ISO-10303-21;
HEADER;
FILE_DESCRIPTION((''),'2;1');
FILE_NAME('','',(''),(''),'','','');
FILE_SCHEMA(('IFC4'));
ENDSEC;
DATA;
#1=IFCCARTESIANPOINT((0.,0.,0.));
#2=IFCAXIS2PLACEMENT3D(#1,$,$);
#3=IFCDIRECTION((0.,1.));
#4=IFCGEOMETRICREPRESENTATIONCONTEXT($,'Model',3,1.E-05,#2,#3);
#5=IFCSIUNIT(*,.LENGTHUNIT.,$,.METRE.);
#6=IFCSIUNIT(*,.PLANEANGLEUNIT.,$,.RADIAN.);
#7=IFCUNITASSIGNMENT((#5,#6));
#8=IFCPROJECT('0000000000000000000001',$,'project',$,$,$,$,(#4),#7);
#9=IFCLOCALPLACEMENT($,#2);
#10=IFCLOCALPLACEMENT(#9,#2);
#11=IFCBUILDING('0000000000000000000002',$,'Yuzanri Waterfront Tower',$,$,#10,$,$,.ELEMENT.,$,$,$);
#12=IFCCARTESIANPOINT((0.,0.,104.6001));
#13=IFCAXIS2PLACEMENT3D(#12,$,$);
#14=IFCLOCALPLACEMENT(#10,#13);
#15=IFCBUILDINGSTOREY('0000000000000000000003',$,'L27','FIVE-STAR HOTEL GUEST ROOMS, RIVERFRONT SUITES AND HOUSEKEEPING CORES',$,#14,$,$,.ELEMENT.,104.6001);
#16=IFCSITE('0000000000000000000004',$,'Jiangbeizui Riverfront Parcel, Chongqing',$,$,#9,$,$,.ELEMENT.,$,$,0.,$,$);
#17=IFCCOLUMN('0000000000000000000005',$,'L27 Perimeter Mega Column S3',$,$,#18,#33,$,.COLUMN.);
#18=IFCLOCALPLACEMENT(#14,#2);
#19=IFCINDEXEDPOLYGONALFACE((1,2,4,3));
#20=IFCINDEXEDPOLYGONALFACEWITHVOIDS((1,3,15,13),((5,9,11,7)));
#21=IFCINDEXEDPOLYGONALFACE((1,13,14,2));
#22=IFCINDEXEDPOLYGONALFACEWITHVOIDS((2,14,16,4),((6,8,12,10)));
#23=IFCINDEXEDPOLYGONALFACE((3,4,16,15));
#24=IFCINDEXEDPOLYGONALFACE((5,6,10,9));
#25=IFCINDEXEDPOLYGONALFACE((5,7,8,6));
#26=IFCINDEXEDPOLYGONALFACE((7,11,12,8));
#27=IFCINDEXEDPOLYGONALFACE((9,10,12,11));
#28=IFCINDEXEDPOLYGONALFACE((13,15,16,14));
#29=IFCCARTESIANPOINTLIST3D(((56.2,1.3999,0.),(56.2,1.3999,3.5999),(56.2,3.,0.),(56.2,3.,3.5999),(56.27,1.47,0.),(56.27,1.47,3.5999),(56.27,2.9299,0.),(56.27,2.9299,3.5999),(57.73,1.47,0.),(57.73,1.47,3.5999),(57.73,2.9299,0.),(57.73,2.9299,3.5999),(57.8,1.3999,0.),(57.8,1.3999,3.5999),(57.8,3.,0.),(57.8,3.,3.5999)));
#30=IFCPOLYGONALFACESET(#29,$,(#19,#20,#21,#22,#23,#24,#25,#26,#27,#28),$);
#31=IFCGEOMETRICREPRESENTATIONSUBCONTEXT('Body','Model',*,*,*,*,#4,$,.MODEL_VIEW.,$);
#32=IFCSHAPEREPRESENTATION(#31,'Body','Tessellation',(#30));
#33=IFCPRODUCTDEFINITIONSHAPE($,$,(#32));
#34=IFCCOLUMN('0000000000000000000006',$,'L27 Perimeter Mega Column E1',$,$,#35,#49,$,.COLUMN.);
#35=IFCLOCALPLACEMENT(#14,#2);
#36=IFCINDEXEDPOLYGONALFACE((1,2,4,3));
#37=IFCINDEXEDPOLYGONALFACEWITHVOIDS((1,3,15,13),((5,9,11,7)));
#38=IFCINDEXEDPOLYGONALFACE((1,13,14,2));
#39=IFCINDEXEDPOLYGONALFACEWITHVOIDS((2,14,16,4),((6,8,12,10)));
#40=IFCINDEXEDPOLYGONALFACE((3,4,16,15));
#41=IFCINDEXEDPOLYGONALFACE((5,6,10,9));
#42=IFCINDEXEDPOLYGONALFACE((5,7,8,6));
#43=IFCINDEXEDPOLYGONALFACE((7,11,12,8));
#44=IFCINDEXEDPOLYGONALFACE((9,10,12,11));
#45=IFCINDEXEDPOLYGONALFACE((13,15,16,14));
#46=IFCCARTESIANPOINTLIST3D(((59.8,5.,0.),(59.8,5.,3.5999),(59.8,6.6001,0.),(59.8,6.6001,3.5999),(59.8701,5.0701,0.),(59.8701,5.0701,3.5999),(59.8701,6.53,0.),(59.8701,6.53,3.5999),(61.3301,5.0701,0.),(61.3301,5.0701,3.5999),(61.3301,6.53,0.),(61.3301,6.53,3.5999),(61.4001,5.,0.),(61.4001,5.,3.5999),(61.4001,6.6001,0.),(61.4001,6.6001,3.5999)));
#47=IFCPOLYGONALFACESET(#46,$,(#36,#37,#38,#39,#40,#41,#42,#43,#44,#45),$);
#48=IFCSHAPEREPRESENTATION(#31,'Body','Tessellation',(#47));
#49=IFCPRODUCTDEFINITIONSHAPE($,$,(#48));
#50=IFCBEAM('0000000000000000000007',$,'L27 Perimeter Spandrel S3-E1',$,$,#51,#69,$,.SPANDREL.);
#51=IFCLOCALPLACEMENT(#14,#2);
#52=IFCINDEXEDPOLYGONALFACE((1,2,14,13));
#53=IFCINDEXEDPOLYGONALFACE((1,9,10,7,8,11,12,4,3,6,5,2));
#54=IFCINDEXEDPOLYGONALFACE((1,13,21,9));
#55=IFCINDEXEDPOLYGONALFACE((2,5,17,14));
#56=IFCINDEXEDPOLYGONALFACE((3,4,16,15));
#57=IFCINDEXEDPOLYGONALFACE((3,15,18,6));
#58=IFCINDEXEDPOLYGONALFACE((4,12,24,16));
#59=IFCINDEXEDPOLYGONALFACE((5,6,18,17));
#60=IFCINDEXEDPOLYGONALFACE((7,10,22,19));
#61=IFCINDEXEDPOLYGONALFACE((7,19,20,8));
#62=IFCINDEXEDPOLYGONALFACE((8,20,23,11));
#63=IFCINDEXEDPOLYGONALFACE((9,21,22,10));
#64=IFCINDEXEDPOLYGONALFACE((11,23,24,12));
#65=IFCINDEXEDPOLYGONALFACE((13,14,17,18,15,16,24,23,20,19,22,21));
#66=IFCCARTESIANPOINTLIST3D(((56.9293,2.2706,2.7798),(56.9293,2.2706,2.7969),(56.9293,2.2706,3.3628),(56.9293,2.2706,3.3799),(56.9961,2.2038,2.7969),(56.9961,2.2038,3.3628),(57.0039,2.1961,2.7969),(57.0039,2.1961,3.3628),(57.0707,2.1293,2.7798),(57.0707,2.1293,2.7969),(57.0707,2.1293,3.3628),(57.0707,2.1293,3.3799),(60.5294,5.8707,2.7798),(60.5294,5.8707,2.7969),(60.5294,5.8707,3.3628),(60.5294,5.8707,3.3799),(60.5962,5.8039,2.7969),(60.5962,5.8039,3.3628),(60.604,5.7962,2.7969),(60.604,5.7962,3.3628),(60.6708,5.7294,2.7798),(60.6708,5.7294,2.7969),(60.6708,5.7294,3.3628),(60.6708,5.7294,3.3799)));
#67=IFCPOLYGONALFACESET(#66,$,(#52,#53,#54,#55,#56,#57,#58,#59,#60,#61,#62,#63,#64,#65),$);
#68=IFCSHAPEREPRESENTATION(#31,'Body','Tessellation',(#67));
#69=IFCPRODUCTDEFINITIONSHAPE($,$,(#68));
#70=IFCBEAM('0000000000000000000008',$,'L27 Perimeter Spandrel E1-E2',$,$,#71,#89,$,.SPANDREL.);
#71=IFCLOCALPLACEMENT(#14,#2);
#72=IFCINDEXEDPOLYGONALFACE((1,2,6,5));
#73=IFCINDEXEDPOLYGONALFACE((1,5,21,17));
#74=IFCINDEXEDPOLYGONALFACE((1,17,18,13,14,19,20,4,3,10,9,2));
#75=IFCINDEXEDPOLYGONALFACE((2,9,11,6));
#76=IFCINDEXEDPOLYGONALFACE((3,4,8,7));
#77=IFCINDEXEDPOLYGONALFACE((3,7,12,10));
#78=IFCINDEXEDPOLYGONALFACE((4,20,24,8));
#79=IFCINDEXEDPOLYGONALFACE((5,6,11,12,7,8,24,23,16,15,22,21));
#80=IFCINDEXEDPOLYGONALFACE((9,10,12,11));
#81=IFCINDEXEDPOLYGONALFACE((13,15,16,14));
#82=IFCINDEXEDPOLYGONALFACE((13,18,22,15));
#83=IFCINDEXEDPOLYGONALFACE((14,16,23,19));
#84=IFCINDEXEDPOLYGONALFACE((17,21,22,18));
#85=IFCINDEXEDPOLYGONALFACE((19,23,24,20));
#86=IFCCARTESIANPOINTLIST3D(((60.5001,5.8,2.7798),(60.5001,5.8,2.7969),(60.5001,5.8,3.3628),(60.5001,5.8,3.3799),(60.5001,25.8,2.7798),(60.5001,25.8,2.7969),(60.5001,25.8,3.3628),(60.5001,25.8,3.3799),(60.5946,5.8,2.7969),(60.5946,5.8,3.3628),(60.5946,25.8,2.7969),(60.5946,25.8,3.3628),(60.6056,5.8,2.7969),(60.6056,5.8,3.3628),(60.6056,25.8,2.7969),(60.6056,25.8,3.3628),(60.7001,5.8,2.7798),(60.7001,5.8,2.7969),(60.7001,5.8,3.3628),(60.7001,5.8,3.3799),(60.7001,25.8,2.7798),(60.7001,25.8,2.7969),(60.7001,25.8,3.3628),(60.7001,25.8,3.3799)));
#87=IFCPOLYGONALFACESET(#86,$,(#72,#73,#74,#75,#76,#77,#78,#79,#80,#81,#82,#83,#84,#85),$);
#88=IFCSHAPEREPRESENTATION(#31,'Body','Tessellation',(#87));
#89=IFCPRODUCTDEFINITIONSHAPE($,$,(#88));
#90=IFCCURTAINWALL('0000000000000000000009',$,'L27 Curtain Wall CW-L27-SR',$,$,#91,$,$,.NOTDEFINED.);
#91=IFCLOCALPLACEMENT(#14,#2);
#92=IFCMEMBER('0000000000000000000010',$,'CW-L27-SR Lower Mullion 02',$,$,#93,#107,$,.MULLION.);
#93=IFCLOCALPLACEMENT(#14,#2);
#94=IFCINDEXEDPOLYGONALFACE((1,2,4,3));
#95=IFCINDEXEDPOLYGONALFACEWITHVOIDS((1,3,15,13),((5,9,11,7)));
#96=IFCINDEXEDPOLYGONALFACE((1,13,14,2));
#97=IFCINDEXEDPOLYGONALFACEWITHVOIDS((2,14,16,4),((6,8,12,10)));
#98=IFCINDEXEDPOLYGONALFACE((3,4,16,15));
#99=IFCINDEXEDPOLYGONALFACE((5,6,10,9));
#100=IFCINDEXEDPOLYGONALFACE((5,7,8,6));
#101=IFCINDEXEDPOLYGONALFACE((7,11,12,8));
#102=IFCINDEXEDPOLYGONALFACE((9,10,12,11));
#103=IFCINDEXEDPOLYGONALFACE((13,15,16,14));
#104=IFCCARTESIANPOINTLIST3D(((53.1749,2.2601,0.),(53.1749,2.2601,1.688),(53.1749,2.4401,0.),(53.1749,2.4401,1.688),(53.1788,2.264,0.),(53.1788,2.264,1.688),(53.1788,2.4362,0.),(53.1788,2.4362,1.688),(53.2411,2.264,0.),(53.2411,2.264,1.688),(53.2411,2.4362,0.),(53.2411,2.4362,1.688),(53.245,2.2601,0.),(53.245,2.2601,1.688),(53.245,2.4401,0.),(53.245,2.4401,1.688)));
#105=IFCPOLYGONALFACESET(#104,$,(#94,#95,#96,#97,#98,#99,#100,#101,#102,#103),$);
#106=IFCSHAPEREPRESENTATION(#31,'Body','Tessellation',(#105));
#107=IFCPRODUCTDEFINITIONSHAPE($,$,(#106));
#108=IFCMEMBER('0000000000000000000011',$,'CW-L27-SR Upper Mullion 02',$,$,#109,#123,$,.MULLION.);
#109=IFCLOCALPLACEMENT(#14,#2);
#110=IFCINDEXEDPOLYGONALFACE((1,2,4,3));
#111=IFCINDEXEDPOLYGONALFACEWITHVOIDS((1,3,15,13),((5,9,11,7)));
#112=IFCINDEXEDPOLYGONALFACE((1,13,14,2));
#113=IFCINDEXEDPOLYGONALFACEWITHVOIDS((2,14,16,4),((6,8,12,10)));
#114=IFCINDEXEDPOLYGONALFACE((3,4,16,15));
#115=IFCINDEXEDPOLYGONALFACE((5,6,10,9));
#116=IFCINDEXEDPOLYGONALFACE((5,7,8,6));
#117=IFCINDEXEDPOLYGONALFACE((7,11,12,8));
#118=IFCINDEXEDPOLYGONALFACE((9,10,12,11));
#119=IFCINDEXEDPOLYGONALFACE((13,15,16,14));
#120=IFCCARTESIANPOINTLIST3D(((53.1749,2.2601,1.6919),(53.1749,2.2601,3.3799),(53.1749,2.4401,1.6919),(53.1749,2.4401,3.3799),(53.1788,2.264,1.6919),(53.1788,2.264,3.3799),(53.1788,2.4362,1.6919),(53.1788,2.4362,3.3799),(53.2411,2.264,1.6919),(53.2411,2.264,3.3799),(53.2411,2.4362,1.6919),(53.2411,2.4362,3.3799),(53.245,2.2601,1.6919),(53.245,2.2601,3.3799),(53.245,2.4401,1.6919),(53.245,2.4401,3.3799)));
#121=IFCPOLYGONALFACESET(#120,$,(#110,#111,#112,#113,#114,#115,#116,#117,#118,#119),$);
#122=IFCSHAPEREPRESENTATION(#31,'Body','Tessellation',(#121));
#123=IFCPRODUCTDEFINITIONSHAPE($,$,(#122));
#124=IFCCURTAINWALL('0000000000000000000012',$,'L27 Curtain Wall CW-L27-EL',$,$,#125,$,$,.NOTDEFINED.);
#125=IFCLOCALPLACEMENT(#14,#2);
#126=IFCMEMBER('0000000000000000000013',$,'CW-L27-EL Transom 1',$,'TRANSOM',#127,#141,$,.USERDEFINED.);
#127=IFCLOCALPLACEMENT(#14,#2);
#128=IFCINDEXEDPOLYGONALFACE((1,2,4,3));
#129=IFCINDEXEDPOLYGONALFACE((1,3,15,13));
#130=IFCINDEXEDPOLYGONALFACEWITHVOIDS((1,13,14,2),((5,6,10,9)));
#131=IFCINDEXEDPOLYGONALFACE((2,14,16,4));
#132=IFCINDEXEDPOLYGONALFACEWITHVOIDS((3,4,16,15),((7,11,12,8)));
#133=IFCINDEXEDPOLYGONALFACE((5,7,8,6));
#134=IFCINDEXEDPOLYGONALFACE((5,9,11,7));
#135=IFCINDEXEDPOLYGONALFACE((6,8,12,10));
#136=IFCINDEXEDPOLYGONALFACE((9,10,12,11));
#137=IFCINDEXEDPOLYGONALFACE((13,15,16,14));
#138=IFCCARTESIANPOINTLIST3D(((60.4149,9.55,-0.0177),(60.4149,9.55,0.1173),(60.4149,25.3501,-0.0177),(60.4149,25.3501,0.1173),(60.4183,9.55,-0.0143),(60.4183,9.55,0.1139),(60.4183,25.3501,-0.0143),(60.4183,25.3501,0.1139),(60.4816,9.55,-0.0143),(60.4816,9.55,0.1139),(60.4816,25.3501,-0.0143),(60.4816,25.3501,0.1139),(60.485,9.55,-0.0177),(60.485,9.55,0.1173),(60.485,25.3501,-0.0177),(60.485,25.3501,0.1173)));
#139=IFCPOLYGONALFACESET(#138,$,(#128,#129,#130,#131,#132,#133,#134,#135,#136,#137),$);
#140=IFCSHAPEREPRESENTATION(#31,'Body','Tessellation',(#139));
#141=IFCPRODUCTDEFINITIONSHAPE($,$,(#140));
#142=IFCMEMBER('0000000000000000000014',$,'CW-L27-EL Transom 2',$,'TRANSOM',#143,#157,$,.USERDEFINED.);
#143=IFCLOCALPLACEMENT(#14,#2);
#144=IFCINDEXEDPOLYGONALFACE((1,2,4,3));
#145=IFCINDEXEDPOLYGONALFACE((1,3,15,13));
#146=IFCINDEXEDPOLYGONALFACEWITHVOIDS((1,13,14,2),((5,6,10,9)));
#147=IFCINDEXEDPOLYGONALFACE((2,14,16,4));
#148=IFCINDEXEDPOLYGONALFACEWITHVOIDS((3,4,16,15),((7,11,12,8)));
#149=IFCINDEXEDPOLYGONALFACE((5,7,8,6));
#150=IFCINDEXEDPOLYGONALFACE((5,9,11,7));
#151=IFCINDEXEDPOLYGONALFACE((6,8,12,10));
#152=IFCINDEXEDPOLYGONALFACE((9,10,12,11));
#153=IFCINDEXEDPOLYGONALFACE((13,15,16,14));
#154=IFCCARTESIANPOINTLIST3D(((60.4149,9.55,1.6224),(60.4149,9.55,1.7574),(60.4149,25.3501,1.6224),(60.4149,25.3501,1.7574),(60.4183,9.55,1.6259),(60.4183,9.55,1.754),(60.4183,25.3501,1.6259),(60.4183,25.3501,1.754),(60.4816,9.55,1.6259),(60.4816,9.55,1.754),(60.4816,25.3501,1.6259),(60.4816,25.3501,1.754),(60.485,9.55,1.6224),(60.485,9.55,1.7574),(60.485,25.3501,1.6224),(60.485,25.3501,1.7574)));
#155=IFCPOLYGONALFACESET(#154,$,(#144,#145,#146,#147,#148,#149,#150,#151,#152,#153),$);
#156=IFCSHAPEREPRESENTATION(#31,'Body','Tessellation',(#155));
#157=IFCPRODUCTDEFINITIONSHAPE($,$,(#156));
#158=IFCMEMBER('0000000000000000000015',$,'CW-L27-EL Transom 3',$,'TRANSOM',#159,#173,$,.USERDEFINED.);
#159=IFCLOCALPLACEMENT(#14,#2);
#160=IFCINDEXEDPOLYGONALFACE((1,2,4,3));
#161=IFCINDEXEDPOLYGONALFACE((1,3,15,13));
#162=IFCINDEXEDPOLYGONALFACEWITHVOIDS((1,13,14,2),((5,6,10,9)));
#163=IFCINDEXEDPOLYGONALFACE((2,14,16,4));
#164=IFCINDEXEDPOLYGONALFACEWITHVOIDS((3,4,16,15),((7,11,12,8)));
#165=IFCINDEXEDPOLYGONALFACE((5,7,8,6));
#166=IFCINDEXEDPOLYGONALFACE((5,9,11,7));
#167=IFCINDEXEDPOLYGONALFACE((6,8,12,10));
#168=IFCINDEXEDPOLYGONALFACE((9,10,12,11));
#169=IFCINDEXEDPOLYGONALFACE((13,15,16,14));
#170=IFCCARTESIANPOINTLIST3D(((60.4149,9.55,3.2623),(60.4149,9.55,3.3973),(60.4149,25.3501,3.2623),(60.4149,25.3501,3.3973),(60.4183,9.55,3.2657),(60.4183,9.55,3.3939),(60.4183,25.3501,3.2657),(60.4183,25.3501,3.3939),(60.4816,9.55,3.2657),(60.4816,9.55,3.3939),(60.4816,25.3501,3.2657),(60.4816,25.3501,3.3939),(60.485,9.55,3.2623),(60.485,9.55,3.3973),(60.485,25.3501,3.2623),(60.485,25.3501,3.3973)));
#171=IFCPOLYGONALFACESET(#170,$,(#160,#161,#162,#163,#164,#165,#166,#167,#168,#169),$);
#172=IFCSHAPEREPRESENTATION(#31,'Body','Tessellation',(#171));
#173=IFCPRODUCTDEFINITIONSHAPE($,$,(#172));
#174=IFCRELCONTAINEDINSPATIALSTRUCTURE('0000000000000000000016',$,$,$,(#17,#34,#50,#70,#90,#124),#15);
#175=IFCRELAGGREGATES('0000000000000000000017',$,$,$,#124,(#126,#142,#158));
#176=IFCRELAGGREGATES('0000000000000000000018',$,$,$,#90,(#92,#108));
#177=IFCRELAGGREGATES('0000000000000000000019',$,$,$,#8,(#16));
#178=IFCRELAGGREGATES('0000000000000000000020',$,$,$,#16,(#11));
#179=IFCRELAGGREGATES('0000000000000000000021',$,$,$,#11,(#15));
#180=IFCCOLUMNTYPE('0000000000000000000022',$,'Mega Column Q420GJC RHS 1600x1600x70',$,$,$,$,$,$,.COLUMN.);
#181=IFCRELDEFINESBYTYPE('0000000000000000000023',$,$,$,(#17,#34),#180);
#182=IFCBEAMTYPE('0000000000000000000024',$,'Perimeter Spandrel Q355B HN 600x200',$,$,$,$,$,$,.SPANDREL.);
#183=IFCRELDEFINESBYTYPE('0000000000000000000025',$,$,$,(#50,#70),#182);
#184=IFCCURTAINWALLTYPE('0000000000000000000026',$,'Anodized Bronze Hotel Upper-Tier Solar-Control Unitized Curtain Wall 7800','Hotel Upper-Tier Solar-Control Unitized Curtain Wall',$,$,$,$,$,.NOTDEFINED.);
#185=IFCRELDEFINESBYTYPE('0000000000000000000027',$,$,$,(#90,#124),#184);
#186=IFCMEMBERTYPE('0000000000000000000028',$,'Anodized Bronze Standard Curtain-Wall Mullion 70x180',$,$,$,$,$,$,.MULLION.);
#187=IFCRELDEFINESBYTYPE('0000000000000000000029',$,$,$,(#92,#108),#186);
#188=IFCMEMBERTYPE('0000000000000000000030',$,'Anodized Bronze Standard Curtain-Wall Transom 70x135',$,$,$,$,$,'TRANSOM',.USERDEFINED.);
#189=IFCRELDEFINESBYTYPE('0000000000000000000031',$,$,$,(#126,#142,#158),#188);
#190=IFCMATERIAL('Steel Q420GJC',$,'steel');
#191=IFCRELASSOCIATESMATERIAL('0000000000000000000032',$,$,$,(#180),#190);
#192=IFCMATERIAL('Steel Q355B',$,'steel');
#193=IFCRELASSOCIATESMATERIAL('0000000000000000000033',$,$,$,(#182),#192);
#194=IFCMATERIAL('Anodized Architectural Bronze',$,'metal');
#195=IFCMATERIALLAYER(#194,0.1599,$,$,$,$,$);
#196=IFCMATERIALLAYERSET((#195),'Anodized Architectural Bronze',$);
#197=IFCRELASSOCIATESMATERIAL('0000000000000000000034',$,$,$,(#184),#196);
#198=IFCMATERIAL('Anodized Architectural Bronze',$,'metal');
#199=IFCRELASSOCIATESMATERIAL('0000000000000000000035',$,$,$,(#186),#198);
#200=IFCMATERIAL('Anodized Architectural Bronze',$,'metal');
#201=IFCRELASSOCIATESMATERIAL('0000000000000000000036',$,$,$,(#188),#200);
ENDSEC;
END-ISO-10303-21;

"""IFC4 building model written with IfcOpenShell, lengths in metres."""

from ifc_helpers import new_model, si_unit, direction, frame, origin, origin_2d, place, context, subcontext, project, spatial, hollow_rectangle, i_section, extrude, source, transform, mapped, material, layer, layer_set, material_profile, profile_set, type_object, element, aggregate, save


model = new_model("IFC4")

# Units and contexts
model_context = context("Model", 3, precision=1e-05, world=origin(), true_north=direction((0.0, 1.0)))
body_context = subcontext(model_context, "Body", "Model", "MODEL_VIEW")
ifc_project = project(units=[si_unit("LENGTHUNIT", "METRE"), si_unit("PLANEANGLEUNIT", "RADIAN")], contexts=[model_context])

# Site, building, storey
site_placement = place(None, origin())
site = spatial("IfcSite", under=ifc_project, at=site_placement, Name="Jiangbeizui Riverfront Parcel, Chongqing", CompositionType="ELEMENT", RefElevation=0.0)
building_placement = place(site_placement, origin())
building = spatial("IfcBuilding", under=site, at=building_placement, Name="Yuzanri Waterfront Tower", CompositionType="ELEMENT")
storey_placement = place(building_placement, frame((0.0, 0.0, 104.6001)))
storey = spatial("IfcBuildingStorey", under=building, at=storey_placement, Name="L27", Description="FIVE-STAR HOTEL GUEST ROOMS, RIVERFRONT SUITES AND HOUSEKEEPING CORES", CompositionType="ELEMENT", Elevation=104.6001)

# Columns
ifc_material_1 = material(Name="Steel Q420GJC", Category="steel")
ifc_material_profile_1 = material_profile(ifc_material_1, hollow_rectangle(XDim=1.6001, YDim=1.6001, WallThickness=0.0701, at=origin_2d()), Name="RHS 1600x1600x70")
ifc_profile_set_1 = profile_set([ifc_material_profile_1], Name="Steel Q420GJC")
column_type = type_object("IfcColumnType", Name="Mega Column Q420GJC RHS 1600x1600x70", PredefinedType="COLUMN", material=ifc_profile_set_1)
shared_shape_1 = source(origin(), body_context, "Body", "SweptSolid", [
    extrude(hollow_rectangle(XDim=1.6001, YDim=1.6001, WallThickness=0.0701, at=origin_2d()), origin(), (0.0, 0.0, 1.0), 3.5999),
])
for number, where, z_axis, x_axis, name in (
    (1, (57.0, 2.2, 0.0), (0.0, 0.0, 1.0), (1.0, 0.0, 0.0), "L27 Perimeter Mega Column S3"),
    (2, (60.6001, 5.8, 0.0), (0.0, 0.0, 1.0), (1.0, 0.0, 0.0), "L27 Perimeter Mega Column E1"),
):
    element("IfcColumn", number, at=place(storey_placement, frame(where, z_axis=z_axis, x_axis=x_axis)), inside=storey, type_object=column_type, Name=name, PredefinedType="COLUMN", context=body_context, shape_type="MappedRepresentation", body=[
        mapped(shared_shape_1, transform((0.0, 0.0, 0.0), scale=1.0)),
    ])

# Beams
ifc_material_2 = material(Name="Steel Q355B", Category="steel")
ifc_material_profile_2 = material_profile(ifc_material_2, i_section(OverallWidth=0.2, OverallDepth=0.6001, WebThickness=0.011, FlangeThickness=0.0171, at=origin_2d()), Name="HN 600x200x11x17")
ifc_profile_set_2 = profile_set([ifc_material_profile_2], Name="Steel Q355B")
beam_type = type_object("IfcBeamType", Name="Perimeter Spandrel Q355B HN 600x200", PredefinedType="SPANDREL", material=ifc_profile_set_2)
shared_shape_2 = source(origin(), body_context, "Body", "SweptSolid", [
    extrude(i_section(OverallWidth=0.2, OverallDepth=0.6001, WebThickness=0.011, FlangeThickness=0.0171, at=origin_2d()), origin(), (0.0, 0.0, 1.0), 5.0913),
])
beam_1_placement = place(storey_placement, frame((57.0, 2.2, 3.0798), z_axis=(0.707107, 0.707107, 0.0), x_axis=(-0.707107, 0.707107, 0.0)))
element("IfcBeam", 3, at=beam_1_placement, inside=storey, type_object=beam_type, Name="L27 Perimeter Spandrel S3-E1", PredefinedType="SPANDREL", context=body_context, shape_type="MappedRepresentation", body=[
    mapped(shared_shape_2, transform((0.0, 0.0, 0.0), scale=1.0)),
])
shared_shape_3 = source(origin(), body_context, "Body", "SweptSolid", [
    extrude(i_section(OverallWidth=0.2, OverallDepth=0.6001, WebThickness=0.011, FlangeThickness=0.0171, at=origin_2d()), origin(), (0.0, 0.0, 1.0), 20.0),
])
beam_2_placement = place(storey_placement, frame((60.6001, 5.8, 3.0798), z_axis=(0.0, 1.0, 0.0), x_axis=(-1.0, 0.0, 0.0)))
element("IfcBeam", 4, at=beam_2_placement, inside=storey, type_object=beam_type, Name="L27 Perimeter Spandrel E1-E2", PredefinedType="SPANDREL", context=body_context, shape_type="MappedRepresentation", body=[
    mapped(shared_shape_3, transform((0.0, 0.0, 0.0), scale=1.0)),
])

# Curtain walls, members
ifc_material_3 = material(Name="Anodized Architectural Bronze", Category="metal")
ifc_layer_1 = layer(ifc_material_3, 0.1599)
ifc_layer_set_1 = layer_set([ifc_layer_1], Name="Anodized Architectural Bronze")
curtain_wall_type = type_object("IfcCurtainWallType", Name="Anodized Bronze Hotel Upper-Tier Solar-Control Unitized Curtain Wall 7800", Description="Hotel Upper-Tier Solar-Control Unitized Curtain Wall", PredefinedType="NOTDEFINED", material=ifc_layer_set_1)
curtain_wall_1_placement = place(storey_placement, origin())
curtain_wall_1 = element("IfcCurtainWall", 5, at=curtain_wall_1_placement, inside=storey, type_object=curtain_wall_type, Name="L27 Curtain Wall CW-L27-SR", PredefinedType="NOTDEFINED")
ifc_material_4 = material(Name="Anodized Architectural Bronze", Category="metal")
ifc_material_profile_3 = material_profile(ifc_material_4, hollow_rectangle(XDim=0.0701, YDim=0.1799, WallThickness=0.0039, at=origin_2d()), Name="CWM 70x180")
ifc_profile_set_3 = profile_set([ifc_material_profile_3], Name="Anodized Architectural Bronze")
member_type_1 = type_object("IfcMemberType", Name="Anodized Bronze Standard Curtain-Wall Mullion 70x180", PredefinedType="MULLION", material=ifc_profile_set_3)
shared_shape_4 = source(origin(), body_context, "Body", "SweptSolid", [
    extrude(hollow_rectangle(XDim=0.0701, YDim=0.1799, WallThickness=0.0039, at=origin_2d()), origin(), (0.0, 0.0, 1.0), 1.688),
])
member_1_placement = place(storey_placement, frame((53.21, 2.3501, 0.0), z_axis=(0.0, 0.0, 1.0), x_axis=(1.0, 0.0, 0.0)))
member_1 = element("IfcMember", 6, at=member_1_placement, type_object=member_type_1, Name="CW-L27-SR Lower Mullion 02", PredefinedType="MULLION", context=body_context, shape_type="MappedRepresentation", body=[
    mapped(shared_shape_4, transform((0.0, 0.0, 0.0), scale=1.0)),
])
member_2_placement = place(storey_placement, frame((53.21, 2.3501, 1.6919), z_axis=(0.0, 0.0, 1.0), x_axis=(1.0, 0.0, 0.0)))
member_2 = element("IfcMember", 7, at=member_2_placement, type_object=member_type_1, Name="CW-L27-SR Upper Mullion 02", PredefinedType="MULLION", context=body_context, shape_type="MappedRepresentation", body=[
    mapped(shared_shape_4, transform((0.0, 0.0, 0.0), scale=1.0)),
])
curtain_wall_2_placement = place(storey_placement, origin())
curtain_wall_2 = element("IfcCurtainWall", 8, at=curtain_wall_2_placement, inside=storey, type_object=curtain_wall_type, Name="L27 Curtain Wall CW-L27-EL", PredefinedType="NOTDEFINED")
ifc_material_5 = material(Name="Anodized Architectural Bronze", Category="metal")
ifc_material_profile_4 = material_profile(ifc_material_5, hollow_rectangle(XDim=0.0701, YDim=0.135, WallThickness=0.0034, at=origin_2d()), Name="CWT 70x135")
ifc_profile_set_4 = profile_set([ifc_material_profile_4], Name="Anodized Architectural Bronze")
member_type_2 = type_object("IfcMemberType", Name="Anodized Bronze Standard Curtain-Wall Transom 70x135", ElementType="TRANSOM", PredefinedType="USERDEFINED", material=ifc_profile_set_4)
shared_shape_5 = source(origin(), body_context, "Body", "SweptSolid", [
    extrude(hollow_rectangle(XDim=0.0701, YDim=0.135, WallThickness=0.0034, at=origin_2d()), origin(), (0.0, 0.0, 1.0), 15.8),
])
member_3_placement = place(storey_placement, frame((60.45, 9.55, 0.0498), z_axis=(0.0, 1.0, 0.0), x_axis=(-1.0, 0.0, 0.0)))
member_3 = element("IfcMember", 9, at=member_3_placement, type_object=member_type_2, Name="CW-L27-EL Transom 1", ObjectType="TRANSOM", PredefinedType="USERDEFINED", context=body_context, shape_type="MappedRepresentation", body=[
    mapped(shared_shape_5, transform((0.0, 0.0, 0.0), scale=1.0)),
])
member_4_placement = place(storey_placement, frame((60.45, 9.55, 1.6899), z_axis=(0.0, 1.0, 0.0), x_axis=(-1.0, 0.0, 0.0)))
member_4 = element("IfcMember", 10, at=member_4_placement, type_object=member_type_2, Name="CW-L27-EL Transom 2", ObjectType="TRANSOM", PredefinedType="USERDEFINED", context=body_context, shape_type="MappedRepresentation", body=[
    mapped(shared_shape_5, transform((0.0, 0.0, 0.0), scale=1.0)),
])
member_5_placement = place(storey_placement, frame((60.45, 9.55, 3.3298), z_axis=(0.0, 1.0, 0.0), x_axis=(-1.0, 0.0, 0.0)))
member_5 = element("IfcMember", 11, at=member_5_placement, type_object=member_type_2, Name="CW-L27-EL Transom 3", ObjectType="TRANSOM", PredefinedType="USERDEFINED", context=body_context, shape_type="MappedRepresentation", body=[
    mapped(shared_shape_5, transform((0.0, 0.0, 0.0), scale=1.0)),
])
aggregate(curtain_wall_2, [member_3, member_4, member_5])

aggregate(curtain_wall_1, [member_1, member_2])

save(model, "model.ifc")
